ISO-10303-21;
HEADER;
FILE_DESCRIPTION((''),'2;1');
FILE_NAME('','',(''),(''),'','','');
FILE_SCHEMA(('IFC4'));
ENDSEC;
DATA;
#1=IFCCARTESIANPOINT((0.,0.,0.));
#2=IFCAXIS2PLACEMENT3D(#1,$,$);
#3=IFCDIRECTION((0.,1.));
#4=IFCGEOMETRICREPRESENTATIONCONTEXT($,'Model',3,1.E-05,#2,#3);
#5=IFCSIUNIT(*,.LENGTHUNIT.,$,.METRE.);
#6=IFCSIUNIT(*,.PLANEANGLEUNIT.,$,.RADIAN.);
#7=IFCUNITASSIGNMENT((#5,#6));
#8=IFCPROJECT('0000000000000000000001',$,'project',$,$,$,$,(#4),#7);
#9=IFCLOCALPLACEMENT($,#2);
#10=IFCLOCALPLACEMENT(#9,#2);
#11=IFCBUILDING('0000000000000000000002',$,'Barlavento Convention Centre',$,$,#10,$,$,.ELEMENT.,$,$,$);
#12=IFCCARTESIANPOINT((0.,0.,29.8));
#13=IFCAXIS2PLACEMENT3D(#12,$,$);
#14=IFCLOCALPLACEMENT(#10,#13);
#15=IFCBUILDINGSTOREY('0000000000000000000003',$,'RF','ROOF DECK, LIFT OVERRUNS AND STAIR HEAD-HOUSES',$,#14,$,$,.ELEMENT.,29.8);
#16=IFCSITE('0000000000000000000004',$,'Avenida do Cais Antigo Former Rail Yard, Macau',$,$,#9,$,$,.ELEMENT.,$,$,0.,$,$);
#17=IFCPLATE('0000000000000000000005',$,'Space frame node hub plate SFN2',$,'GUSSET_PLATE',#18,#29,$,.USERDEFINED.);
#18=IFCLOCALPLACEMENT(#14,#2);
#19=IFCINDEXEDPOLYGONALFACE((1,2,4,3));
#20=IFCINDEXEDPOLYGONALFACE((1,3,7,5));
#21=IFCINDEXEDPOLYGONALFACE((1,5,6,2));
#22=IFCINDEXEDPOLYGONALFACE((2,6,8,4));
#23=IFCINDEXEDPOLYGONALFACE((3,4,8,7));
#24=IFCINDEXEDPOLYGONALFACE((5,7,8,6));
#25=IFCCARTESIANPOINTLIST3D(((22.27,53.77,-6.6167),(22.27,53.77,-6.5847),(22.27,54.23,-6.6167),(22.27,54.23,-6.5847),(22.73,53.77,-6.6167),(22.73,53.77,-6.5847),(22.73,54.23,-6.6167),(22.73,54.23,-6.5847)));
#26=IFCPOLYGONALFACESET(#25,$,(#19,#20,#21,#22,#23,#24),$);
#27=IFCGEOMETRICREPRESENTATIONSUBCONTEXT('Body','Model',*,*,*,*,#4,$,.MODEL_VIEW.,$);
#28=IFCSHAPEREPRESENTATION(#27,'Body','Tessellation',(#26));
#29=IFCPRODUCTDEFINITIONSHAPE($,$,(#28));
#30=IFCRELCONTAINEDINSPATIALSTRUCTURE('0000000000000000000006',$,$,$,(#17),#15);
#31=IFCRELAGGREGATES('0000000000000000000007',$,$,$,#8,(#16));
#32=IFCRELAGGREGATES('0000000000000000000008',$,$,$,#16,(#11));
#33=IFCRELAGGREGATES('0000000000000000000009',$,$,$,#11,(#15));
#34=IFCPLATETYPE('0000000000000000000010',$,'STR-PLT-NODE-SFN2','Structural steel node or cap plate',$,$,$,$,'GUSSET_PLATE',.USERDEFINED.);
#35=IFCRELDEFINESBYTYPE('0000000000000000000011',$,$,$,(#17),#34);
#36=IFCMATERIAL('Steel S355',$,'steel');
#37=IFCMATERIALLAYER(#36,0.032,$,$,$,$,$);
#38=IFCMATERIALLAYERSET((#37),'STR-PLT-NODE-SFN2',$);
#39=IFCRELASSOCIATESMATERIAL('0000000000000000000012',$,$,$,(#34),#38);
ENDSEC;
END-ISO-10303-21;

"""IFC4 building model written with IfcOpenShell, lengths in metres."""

from ifc_helpers import new_model, si_unit, direction, frame, origin, origin_2d, place, context, subcontext, project, spatial, rectangle, extrude, material, layer, layer_set, type_object, element, save


model = new_model("IFC4")

# Units and contexts
model_context = context("Model", 3, precision=1e-05, world=origin(), true_north=direction((0.0, 1.0)))
body_context = subcontext(model_context, "Body", "Model", "MODEL_VIEW")
ifc_project = project(units=[si_unit("LENGTHUNIT", "METRE"), si_unit("PLANEANGLEUNIT", "RADIAN")], contexts=[model_context])

# Site, building, storey
site_placement = place(None, origin())
site = spatial("IfcSite", under=ifc_project, at=site_placement, Name="Avenida do Cais Antigo Former Rail Yard, Macau", CompositionType="ELEMENT", RefElevation=0.0)
building_placement = place(site_placement, origin())
building = spatial("IfcBuilding", under=site, at=building_placement, Name="Barlavento Convention Centre", CompositionType="ELEMENT")
storey_placement = place(building_placement, frame((0.0, 0.0, 29.8)))
storey = spatial("IfcBuildingStorey", under=building, at=storey_placement, Name="RF", Description="ROOF DECK, LIFT OVERRUNS AND STAIR HEAD-HOUSES", CompositionType="ELEMENT", Elevation=29.8)

# Shared definitions
ifc_material_1 = material(Name="Steel S355", Category="steel")

# Plate
ifc_layer_1 = layer(ifc_material_1, 0.032)
ifc_layer_set_1 = layer_set([ifc_layer_1], Name="STR-PLT-NODE-SFN2")
plate_type_1 = type_object("IfcPlateType", Name="STR-PLT-NODE-SFN2", Description="Structural steel node or cap plate", ElementType="GUSSET_PLATE", PredefinedType="USERDEFINED", material=ifc_layer_set_1)
plate_placement = place(storey_placement, frame((22.5, 54.0, -6.6167), z_axis=(0.0, 0.0, 1.0), x_axis=(1.0, 0.0, 0.0)))
element("IfcPlate", 1, at=plate_placement, inside=storey, type_object=plate_type_1, Name="Space frame node hub plate SFN2", ObjectType="GUSSET_PLATE", PredefinedType="USERDEFINED", context=body_context, shape_type="SweptSolid", body=[
    extrude(rectangle(XDim=0.46, YDim=0.46, at=origin_2d()), origin(), (0.0, 0.0, 1.0), 0.032),
])

save(model, "model.ifc")
